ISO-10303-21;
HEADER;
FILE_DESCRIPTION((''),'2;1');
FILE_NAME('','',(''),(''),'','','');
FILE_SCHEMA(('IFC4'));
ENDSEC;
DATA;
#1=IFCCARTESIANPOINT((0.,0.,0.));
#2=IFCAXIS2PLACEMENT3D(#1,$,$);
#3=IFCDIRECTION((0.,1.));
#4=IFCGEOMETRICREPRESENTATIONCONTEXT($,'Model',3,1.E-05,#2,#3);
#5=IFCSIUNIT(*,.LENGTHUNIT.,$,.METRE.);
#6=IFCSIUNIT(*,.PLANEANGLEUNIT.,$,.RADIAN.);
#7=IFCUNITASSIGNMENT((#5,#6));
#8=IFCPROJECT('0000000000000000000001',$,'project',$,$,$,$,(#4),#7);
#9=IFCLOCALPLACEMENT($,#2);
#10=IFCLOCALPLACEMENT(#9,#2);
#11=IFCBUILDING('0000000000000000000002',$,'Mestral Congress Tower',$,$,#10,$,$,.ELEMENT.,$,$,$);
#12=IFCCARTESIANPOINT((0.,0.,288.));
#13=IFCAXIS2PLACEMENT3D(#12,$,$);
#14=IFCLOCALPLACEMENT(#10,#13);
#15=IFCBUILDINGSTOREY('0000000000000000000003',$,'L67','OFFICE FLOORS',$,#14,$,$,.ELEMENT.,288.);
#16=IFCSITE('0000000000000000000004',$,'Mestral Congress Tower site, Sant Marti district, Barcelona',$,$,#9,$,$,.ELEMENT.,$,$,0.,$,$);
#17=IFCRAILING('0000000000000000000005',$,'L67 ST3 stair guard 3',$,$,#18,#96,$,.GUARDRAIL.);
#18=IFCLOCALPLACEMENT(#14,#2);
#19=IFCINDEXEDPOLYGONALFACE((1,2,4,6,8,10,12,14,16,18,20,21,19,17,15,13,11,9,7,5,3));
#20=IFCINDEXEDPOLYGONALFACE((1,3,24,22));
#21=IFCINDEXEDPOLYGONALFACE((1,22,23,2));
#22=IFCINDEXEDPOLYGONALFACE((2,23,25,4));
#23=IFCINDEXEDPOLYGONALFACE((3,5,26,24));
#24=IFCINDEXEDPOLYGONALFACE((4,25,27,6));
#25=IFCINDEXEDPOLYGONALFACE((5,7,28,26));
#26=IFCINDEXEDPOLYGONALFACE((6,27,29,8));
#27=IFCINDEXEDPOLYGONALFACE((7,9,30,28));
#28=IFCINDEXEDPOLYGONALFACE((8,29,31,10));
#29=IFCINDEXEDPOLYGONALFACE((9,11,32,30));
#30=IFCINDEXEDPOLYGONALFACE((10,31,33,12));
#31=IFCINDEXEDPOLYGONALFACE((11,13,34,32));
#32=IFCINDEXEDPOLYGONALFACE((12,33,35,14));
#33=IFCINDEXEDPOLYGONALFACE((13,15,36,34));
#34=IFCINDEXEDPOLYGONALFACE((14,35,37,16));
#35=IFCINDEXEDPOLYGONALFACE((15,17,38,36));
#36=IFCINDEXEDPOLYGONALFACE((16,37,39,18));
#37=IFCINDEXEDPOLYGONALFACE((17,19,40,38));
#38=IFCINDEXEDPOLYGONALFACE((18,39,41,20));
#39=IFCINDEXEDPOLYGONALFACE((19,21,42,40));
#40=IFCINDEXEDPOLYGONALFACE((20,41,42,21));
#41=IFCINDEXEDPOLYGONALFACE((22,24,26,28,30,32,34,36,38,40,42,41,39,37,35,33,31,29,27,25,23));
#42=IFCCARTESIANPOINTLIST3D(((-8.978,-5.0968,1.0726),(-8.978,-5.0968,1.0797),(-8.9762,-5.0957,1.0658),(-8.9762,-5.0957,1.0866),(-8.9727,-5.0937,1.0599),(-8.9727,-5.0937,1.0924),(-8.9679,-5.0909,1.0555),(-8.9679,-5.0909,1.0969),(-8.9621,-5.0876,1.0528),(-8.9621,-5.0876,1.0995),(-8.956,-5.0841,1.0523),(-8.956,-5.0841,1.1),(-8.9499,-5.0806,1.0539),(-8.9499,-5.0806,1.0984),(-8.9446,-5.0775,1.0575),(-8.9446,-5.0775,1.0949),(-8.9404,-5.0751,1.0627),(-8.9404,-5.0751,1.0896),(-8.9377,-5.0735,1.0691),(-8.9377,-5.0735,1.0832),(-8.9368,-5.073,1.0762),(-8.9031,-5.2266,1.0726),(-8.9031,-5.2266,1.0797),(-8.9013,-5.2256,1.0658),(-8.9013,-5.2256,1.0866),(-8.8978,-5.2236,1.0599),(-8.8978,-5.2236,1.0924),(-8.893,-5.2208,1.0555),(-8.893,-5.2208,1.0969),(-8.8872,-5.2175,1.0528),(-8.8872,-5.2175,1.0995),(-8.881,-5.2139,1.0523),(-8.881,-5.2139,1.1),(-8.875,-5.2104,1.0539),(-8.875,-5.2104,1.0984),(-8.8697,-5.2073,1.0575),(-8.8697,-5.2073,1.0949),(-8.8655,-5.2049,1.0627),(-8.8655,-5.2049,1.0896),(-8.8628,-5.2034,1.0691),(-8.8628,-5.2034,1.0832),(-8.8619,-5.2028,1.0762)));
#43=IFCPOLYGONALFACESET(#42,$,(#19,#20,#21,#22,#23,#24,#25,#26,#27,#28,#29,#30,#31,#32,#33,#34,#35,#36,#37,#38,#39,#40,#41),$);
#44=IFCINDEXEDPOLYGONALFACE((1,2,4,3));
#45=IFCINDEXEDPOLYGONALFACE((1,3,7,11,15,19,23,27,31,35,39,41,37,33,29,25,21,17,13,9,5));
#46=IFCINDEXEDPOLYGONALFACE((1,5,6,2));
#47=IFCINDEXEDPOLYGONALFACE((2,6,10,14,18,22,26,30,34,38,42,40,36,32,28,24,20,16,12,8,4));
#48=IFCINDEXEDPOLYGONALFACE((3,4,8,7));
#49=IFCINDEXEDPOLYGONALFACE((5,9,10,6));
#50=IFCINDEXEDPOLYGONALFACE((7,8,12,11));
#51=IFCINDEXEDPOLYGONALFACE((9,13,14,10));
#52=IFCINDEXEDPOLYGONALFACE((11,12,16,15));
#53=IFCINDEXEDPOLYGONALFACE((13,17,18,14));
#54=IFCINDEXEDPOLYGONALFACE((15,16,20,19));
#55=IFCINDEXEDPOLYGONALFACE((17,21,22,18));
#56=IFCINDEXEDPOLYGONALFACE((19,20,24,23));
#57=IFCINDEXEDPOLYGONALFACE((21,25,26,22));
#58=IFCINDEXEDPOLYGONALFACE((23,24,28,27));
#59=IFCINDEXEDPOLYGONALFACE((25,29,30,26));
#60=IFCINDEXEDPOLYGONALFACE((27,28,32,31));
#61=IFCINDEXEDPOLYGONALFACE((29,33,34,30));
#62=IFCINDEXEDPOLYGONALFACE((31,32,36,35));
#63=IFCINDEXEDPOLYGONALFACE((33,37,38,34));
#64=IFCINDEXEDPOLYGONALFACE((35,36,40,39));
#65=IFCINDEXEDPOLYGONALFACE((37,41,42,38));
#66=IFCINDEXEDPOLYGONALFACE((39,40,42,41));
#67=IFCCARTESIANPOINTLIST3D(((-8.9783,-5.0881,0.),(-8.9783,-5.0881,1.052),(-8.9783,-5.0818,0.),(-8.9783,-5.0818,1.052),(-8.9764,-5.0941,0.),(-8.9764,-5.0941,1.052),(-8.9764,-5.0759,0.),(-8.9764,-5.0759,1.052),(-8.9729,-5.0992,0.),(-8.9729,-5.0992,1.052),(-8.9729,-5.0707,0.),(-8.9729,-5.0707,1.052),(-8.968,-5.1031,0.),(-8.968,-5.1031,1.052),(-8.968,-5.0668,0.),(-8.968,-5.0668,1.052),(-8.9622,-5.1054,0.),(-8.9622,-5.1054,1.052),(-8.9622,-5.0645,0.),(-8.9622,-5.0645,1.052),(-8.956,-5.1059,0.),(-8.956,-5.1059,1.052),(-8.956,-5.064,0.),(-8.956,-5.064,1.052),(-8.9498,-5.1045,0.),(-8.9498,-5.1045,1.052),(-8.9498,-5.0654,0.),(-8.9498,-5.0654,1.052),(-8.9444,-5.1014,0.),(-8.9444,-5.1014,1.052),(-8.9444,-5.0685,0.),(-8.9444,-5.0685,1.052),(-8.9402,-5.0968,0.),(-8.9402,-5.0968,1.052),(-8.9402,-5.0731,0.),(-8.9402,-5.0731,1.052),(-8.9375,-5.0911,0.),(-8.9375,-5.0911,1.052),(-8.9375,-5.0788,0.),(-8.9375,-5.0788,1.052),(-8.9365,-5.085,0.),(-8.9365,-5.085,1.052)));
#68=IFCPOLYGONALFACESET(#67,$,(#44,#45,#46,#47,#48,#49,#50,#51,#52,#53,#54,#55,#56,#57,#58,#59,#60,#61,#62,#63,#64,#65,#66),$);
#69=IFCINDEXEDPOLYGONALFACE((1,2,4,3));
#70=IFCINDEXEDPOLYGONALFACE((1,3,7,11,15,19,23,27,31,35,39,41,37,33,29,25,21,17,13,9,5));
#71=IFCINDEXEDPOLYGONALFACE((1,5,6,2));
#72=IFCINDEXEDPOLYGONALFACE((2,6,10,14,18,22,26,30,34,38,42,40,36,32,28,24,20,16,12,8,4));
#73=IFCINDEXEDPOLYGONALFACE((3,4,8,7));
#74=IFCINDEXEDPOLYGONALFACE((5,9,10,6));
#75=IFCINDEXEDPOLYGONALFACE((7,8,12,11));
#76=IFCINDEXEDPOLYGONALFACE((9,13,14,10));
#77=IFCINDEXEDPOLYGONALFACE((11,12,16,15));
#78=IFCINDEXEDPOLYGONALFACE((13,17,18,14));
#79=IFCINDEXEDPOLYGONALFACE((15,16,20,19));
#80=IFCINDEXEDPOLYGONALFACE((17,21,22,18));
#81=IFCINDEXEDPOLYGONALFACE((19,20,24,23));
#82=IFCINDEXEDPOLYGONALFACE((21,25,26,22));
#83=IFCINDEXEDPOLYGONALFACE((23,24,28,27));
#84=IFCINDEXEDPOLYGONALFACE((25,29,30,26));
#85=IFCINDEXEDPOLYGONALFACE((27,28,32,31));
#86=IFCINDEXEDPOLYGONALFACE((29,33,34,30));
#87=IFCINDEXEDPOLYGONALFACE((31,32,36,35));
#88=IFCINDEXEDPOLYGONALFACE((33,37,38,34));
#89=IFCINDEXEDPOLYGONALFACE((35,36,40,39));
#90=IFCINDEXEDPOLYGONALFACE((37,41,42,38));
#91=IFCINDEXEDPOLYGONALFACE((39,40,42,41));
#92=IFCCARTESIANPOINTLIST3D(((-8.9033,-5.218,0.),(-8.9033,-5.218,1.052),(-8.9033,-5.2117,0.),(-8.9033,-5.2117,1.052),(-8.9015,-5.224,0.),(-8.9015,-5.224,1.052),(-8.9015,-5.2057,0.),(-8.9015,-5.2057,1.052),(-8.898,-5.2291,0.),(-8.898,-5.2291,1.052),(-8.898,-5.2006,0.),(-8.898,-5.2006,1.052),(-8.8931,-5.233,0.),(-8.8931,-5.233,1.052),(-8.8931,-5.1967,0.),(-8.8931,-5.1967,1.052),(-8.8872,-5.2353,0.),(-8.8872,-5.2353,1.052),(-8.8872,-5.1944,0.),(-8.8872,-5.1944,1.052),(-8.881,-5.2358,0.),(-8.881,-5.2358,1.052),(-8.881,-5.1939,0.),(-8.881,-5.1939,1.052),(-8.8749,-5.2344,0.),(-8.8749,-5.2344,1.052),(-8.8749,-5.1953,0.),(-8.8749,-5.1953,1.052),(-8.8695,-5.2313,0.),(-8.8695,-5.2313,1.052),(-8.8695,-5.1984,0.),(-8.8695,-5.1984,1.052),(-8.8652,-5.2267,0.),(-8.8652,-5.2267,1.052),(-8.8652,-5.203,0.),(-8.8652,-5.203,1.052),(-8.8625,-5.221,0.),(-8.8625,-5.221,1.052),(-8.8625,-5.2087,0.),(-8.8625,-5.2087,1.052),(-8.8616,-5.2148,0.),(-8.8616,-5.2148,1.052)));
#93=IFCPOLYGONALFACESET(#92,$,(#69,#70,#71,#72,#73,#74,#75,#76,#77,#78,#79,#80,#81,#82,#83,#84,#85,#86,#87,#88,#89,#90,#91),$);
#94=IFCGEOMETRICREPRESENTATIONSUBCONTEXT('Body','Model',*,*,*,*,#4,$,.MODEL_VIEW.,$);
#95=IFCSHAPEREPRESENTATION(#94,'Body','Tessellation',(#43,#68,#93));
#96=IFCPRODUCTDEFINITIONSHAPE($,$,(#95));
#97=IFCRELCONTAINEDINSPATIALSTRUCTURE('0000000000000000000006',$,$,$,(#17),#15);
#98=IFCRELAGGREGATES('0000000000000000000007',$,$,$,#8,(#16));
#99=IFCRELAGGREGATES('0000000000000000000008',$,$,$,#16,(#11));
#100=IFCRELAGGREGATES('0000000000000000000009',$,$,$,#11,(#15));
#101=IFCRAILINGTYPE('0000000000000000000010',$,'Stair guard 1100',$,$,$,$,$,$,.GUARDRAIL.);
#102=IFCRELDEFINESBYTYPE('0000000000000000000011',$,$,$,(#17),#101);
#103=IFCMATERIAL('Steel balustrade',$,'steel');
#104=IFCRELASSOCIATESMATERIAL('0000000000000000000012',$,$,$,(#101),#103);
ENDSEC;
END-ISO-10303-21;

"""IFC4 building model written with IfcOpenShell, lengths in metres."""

from ifc_helpers import new_model, si_unit, direction, frame, origin, origin_2d, place, context, subcontext, project, spatial, circle, extrude, material, type_object, element, save


model = new_model("IFC4")

# Units and contexts
model_context = context("Model", 3, precision=1e-05, world=origin(), true_north=direction((0.0, 1.0)))
body_context = subcontext(model_context, "Body", "Model", "MODEL_VIEW")
ifc_project = project(units=[si_unit("LENGTHUNIT", "METRE"), si_unit("PLANEANGLEUNIT", "RADIAN")], contexts=[model_context])

# Site, building, storey
site_placement = place(None, origin())
site = spatial("IfcSite", under=ifc_project, at=site_placement, Name="Mestral Congress Tower site, Sant Marti district, Barcelona", CompositionType="ELEMENT", RefElevation=0.0)
building_placement = place(site_placement, origin())
building = spatial("IfcBuilding", under=site, at=building_placement, Name="Mestral Congress Tower", CompositionType="ELEMENT")
storey_placement = place(building_placement, frame((0.0, 0.0, 288.0)))
storey = spatial("IfcBuildingStorey", under=building, at=storey_placement, Name="L67", Description="OFFICE FLOORS", CompositionType="ELEMENT", Elevation=288.0)

# Railing
ifc_material_1 = material(Name="Steel balustrade", Category="steel")
railing_type_1 = type_object("IfcRailingType", Name="Stair guard 1100", PredefinedType="GUARDRAIL", material=ifc_material_1)
railing_1_placement = place(storey_placement, frame((-8.9575, -5.085, 0.0)))
element("IfcRailing", 1, at=railing_1_placement, inside=storey, type_object=railing_type_1, Name="L67 ST3 stair guard 3", PredefinedType="GUARDRAIL", context=body_context, shape_type="SweptSolid", body=[
    extrude(circle(Radius=0.0239, at=origin_2d()), frame((0.0, 0.0, 1.0762), z_axis=(0.499816, -0.866131, 0.0), x_axis=(0.866131, 0.499816, 0.0)), (0.0, 0.0, 1.0), 0.1499),
    extrude(circle(Radius=0.021, at=origin_2d()), origin(), (0.0, 0.0, 1.0), 1.052),
    extrude(circle(Radius=0.021, at=origin_2d()), frame((0.075, -0.1299, 0.0)), (0.0, 0.0, 1.0), 1.052),
])

save(model, "model.ifc")
